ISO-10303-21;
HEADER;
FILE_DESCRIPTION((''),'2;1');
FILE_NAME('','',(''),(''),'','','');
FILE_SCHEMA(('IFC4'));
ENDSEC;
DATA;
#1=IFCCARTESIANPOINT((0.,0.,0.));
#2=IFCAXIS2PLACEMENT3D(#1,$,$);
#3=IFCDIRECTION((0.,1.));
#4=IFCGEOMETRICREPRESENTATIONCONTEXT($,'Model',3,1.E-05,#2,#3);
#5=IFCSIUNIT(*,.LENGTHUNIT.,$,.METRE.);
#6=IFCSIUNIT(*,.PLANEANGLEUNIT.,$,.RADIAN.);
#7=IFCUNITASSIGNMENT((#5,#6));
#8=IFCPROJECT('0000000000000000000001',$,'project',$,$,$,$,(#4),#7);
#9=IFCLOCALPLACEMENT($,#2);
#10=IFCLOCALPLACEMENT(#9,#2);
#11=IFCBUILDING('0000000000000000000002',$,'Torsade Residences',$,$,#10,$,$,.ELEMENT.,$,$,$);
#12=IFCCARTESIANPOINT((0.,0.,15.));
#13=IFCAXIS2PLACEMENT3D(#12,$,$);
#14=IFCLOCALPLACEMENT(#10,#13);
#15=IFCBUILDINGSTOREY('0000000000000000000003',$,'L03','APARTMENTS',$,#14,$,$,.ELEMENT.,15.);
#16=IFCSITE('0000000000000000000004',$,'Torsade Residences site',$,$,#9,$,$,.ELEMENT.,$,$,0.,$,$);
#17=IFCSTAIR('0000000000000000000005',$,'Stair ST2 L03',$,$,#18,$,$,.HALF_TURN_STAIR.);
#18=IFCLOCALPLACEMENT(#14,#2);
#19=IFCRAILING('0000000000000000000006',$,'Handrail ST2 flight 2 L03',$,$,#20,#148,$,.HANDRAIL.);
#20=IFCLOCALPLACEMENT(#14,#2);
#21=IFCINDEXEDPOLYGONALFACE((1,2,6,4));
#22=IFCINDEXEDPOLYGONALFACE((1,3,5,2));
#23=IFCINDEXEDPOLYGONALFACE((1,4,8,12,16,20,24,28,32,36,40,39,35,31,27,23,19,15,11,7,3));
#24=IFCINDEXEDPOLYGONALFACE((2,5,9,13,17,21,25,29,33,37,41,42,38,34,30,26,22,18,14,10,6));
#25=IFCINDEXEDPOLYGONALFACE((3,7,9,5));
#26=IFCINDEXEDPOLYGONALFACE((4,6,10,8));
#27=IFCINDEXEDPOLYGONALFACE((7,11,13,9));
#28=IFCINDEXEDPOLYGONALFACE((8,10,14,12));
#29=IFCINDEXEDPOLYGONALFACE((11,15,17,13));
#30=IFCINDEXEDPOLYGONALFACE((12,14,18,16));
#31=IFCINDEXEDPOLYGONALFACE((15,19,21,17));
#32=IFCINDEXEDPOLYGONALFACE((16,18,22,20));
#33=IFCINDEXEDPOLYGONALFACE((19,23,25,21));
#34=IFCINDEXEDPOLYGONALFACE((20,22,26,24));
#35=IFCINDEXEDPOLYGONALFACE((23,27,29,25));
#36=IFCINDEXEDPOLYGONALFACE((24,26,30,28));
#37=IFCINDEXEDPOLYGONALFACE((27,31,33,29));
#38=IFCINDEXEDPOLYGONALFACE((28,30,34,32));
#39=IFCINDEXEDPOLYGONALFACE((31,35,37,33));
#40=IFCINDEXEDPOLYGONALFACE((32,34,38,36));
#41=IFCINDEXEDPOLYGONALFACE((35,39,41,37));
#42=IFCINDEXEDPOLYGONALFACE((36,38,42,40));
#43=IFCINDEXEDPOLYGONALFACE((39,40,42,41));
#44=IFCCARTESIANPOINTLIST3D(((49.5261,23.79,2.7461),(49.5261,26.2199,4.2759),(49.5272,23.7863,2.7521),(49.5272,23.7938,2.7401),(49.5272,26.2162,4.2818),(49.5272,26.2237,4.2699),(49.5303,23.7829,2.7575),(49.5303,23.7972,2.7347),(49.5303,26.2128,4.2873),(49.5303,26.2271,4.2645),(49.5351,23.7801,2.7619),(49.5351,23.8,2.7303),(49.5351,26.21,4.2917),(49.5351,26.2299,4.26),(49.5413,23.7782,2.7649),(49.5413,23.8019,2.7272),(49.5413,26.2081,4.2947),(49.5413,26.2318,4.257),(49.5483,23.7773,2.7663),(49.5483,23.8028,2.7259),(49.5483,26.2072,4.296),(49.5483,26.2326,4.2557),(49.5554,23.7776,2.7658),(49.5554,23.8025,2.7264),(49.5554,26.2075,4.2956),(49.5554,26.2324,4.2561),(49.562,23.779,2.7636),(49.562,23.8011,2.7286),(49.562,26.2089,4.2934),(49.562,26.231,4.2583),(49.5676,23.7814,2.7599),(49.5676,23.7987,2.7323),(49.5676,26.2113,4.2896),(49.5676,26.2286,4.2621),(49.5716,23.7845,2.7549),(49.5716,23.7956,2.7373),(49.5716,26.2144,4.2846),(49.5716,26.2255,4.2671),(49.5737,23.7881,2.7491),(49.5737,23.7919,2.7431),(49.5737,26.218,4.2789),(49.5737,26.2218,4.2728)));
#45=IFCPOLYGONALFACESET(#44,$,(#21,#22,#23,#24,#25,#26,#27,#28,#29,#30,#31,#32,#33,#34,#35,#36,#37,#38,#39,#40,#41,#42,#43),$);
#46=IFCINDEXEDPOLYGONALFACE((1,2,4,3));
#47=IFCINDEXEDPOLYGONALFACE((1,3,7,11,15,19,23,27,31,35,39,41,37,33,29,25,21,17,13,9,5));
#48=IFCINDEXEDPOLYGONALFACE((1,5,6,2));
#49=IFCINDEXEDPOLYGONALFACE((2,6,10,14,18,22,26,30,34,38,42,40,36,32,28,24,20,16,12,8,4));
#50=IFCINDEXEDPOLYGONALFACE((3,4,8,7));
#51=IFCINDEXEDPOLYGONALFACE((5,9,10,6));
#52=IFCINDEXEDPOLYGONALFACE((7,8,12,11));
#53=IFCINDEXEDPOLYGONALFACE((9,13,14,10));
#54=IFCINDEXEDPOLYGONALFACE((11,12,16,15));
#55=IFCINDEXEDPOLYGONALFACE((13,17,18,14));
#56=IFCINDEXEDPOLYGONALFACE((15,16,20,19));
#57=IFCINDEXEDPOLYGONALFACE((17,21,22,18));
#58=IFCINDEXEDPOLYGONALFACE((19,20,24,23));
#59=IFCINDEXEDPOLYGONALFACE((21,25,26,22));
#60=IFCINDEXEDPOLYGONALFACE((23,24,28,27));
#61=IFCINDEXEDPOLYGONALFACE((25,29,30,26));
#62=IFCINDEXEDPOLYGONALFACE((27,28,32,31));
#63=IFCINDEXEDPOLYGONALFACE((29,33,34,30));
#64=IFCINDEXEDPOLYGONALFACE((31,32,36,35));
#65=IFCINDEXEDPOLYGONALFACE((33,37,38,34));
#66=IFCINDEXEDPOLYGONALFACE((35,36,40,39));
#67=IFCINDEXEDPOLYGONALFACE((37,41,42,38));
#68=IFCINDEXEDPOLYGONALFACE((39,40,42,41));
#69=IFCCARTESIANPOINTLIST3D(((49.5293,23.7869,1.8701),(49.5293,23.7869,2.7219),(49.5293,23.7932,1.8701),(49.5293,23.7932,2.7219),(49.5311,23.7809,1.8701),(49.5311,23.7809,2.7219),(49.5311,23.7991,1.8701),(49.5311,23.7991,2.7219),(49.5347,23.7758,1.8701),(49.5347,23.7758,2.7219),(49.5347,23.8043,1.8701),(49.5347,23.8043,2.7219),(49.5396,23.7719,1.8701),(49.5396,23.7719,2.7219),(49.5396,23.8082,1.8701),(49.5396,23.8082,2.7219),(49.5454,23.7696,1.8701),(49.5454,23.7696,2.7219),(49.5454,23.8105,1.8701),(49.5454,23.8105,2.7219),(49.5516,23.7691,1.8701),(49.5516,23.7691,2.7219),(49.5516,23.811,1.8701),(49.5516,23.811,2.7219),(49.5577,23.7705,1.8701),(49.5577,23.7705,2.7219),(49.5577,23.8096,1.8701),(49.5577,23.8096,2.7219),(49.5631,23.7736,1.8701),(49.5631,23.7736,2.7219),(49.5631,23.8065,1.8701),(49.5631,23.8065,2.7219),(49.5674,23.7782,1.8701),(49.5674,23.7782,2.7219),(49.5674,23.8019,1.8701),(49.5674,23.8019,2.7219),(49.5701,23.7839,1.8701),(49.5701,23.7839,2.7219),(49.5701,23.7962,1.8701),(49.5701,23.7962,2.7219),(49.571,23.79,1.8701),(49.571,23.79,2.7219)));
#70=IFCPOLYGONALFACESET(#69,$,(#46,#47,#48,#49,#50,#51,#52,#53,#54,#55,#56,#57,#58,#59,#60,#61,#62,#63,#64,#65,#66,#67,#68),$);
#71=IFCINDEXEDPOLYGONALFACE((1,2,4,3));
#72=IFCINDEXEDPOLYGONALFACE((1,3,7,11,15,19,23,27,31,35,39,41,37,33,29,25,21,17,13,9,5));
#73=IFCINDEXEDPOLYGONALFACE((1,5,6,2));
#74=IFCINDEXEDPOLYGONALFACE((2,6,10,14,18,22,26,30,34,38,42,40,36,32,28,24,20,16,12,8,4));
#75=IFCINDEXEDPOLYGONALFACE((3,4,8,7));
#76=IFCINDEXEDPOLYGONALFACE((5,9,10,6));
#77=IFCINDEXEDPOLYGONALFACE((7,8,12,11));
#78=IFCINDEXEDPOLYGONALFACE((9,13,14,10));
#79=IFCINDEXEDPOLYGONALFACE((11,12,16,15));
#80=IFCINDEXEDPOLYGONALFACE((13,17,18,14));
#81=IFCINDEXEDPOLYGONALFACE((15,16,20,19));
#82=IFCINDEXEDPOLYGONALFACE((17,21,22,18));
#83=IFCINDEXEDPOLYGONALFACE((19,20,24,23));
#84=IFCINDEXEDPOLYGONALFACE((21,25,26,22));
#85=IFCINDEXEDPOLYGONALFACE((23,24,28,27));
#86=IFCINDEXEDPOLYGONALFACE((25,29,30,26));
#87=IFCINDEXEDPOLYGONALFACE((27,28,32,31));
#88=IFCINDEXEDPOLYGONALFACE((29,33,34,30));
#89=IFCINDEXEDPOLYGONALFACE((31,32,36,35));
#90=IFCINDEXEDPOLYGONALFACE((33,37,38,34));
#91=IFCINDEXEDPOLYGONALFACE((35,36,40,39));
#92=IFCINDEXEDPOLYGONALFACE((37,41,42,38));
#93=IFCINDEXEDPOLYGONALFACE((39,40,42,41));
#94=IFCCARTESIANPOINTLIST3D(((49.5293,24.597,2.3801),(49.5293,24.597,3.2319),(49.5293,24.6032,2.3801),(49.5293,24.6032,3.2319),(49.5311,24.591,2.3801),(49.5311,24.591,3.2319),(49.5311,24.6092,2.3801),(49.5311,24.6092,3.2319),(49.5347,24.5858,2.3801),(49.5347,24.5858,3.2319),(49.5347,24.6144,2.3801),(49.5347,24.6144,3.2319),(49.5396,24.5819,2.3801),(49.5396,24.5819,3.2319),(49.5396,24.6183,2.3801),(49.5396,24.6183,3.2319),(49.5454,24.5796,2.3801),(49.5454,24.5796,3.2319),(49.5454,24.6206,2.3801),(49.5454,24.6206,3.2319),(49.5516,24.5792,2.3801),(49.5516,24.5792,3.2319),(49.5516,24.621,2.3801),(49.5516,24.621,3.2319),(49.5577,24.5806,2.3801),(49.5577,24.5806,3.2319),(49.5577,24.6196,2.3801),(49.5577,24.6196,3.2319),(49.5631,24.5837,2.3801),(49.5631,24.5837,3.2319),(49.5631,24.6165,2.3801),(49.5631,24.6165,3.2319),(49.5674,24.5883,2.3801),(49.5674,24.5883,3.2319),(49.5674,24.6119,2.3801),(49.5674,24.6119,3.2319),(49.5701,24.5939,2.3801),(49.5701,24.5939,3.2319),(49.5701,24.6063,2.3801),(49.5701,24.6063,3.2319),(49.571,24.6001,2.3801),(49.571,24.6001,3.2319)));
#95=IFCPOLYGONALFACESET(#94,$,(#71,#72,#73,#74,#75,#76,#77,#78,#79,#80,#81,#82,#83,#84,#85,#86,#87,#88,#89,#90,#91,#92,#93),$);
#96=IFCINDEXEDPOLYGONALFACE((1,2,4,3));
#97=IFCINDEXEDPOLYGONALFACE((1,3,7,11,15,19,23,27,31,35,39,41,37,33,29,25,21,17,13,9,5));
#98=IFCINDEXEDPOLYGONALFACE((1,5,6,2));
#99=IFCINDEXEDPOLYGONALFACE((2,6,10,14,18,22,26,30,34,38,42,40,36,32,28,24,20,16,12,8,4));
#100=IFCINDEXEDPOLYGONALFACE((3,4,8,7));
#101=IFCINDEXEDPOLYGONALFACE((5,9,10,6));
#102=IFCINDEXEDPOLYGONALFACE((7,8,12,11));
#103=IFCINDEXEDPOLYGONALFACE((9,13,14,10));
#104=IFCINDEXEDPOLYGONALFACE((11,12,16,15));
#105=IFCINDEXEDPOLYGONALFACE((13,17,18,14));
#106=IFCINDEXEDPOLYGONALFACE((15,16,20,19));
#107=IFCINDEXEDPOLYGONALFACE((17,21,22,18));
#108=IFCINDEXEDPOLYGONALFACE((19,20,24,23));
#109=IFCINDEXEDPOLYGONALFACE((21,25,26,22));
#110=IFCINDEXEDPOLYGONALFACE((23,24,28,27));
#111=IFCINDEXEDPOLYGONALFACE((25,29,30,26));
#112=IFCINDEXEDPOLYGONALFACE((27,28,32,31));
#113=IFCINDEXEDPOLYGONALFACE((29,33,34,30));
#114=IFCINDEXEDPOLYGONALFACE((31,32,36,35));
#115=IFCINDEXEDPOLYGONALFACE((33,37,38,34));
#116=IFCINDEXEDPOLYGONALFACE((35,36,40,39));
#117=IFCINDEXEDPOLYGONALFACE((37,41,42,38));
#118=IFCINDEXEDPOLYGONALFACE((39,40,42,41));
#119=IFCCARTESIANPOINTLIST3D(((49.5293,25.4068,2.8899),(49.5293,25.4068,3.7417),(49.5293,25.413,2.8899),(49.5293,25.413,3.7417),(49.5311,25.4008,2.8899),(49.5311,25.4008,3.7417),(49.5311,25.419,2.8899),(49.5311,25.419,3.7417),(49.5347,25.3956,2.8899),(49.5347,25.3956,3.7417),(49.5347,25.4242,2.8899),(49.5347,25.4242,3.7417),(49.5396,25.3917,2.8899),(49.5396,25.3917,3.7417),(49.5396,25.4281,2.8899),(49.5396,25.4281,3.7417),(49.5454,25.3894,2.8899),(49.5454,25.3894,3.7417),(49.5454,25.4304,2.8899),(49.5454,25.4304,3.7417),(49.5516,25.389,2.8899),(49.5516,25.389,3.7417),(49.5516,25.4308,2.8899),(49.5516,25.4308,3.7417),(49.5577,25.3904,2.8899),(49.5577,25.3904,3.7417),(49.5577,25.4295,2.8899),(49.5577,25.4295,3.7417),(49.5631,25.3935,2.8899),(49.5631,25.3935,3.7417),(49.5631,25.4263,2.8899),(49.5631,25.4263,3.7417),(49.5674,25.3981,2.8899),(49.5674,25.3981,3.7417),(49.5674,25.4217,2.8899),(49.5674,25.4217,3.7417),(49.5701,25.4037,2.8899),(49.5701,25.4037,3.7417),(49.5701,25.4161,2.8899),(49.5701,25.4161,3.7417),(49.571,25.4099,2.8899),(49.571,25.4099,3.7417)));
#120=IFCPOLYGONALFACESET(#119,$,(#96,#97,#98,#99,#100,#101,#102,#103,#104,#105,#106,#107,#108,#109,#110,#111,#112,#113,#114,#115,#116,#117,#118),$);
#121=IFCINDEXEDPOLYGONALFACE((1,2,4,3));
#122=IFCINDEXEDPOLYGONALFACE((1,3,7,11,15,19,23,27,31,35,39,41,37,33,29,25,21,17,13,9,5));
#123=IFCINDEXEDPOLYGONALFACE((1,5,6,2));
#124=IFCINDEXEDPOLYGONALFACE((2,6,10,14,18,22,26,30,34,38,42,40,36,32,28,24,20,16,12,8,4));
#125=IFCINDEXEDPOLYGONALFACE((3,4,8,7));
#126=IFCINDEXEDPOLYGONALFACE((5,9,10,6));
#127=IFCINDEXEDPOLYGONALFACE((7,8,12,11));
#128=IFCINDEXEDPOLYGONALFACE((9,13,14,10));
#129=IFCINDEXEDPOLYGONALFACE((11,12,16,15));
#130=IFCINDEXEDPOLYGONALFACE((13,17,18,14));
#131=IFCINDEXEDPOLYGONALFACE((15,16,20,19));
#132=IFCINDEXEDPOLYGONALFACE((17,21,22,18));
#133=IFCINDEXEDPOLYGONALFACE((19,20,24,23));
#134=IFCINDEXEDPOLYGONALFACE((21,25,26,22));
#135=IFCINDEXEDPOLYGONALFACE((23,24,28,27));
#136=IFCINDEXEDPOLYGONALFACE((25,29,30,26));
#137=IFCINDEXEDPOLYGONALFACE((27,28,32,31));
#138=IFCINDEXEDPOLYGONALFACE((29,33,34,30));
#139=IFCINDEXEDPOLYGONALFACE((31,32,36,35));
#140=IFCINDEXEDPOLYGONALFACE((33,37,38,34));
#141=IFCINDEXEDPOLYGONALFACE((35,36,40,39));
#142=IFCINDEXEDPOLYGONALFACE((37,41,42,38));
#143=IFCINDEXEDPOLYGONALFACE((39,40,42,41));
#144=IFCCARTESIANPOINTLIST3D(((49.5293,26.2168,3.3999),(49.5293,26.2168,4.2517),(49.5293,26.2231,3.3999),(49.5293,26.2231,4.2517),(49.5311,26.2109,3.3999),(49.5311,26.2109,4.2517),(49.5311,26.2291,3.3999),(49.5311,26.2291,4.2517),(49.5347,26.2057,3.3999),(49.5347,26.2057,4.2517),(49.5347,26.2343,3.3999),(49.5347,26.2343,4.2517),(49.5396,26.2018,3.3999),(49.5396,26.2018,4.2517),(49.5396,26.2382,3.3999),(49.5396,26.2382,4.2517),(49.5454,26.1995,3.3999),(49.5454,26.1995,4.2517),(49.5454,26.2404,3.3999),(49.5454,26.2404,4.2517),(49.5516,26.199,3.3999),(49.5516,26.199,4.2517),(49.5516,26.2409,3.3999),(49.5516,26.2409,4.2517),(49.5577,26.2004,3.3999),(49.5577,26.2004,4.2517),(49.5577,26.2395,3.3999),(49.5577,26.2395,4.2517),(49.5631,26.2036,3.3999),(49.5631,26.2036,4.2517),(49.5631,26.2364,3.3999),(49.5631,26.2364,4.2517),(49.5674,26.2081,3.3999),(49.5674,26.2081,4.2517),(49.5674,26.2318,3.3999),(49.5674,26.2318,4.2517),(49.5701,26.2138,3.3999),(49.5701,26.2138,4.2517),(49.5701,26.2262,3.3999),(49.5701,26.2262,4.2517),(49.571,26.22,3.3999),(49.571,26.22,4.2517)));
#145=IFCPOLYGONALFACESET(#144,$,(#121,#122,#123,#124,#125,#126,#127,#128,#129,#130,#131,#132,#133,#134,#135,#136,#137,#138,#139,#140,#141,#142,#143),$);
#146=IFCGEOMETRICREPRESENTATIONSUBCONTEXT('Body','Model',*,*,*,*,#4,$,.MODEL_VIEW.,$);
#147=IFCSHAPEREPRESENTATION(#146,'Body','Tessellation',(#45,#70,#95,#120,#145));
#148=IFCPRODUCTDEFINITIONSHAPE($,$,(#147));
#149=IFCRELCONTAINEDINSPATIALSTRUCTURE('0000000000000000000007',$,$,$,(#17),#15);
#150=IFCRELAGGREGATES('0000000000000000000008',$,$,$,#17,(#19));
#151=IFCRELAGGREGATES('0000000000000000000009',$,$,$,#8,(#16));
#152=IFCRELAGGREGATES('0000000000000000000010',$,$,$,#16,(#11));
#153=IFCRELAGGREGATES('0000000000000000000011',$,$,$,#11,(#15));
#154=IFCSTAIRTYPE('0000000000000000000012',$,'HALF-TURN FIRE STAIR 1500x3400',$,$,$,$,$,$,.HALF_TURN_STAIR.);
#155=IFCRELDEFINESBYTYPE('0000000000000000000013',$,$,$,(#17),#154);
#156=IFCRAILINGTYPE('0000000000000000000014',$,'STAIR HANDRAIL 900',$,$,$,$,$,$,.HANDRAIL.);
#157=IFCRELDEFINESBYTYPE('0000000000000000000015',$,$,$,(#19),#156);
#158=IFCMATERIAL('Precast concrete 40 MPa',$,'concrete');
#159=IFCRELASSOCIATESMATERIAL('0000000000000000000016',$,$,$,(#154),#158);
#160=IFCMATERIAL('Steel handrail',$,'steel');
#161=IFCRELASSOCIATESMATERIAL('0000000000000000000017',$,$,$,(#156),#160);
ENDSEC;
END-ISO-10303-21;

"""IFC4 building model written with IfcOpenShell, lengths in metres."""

from ifc_helpers import new_model, si_unit, direction, frame, origin, origin_2d, place, context, subcontext, project, spatial, circle, extrude, material, type_object, element, aggregate, save


model = new_model("IFC4")

# Units and contexts
model_context = context("Model", 3, precision=1e-05, world=origin(), true_north=direction((0.0, 1.0)))
body_context = subcontext(model_context, "Body", "Model", "MODEL_VIEW")
ifc_project = project(units=[si_unit("LENGTHUNIT", "METRE"), si_unit("PLANEANGLEUNIT", "RADIAN")], contexts=[model_context])

# Site, building, storey
site_placement = place(None, origin())
site = spatial("IfcSite", under=ifc_project, at=site_placement, Name="Torsade Residences site", CompositionType="ELEMENT", RefElevation=0.0)
building_placement = place(site_placement, origin())
building = spatial("IfcBuilding", under=site, at=building_placement, Name="Torsade Residences", CompositionType="ELEMENT")
storey_placement = place(building_placement, frame((0.0, 0.0, 15.0)))
storey = spatial("IfcBuildingStorey", under=building, at=storey_placement, Name="L03", Description="APARTMENTS", CompositionType="ELEMENT", Elevation=15.0)

# Stair, railing
ifc_material_1 = material(Name="Precast concrete 40 MPa", Category="concrete")
stair_type = type_object("IfcStairType", Name="HALF-TURN FIRE STAIR 1500x3400", PredefinedType="HALF_TURN_STAIR", material=ifc_material_1)
stair_placement = place(storey_placement, origin())
stair = element("IfcStair", 1, at=stair_placement, inside=storey, type_object=stair_type, Name="Stair ST2 L03", PredefinedType="HALF_TURN_STAIR")
ifc_material_2 = material(Name="Steel handrail", Category="steel")
railing_type = type_object("IfcRailingType", Name="STAIR HANDRAIL 900", PredefinedType="HANDRAIL", material=ifc_material_2)
railing_1_placement = place(storey_placement, frame((49.55, 23.79, 1.8701)))
railing_1 = element("IfcRailing", 2, at=railing_1_placement, type_object=railing_type, Name="Handrail ST2 flight 2 L03", PredefinedType="HANDRAIL", context=body_context, shape_type="SweptSolid", body=[
    extrude(circle(Radius=0.0239, at=origin_2d()), frame((0.0, 0.0, 0.876), z_axis=(0.0, 0.84626, 0.53277), x_axis=(-1.0, 0.0, 0.0)), (0.0, 0.0, 1.0), 2.8713),
    extrude(circle(Radius=0.021, at=origin_2d()), origin(), (0.0, 0.0, 1.0), 0.8518),
    extrude(circle(Radius=0.021, at=origin_2d()), frame((0.0, 0.8101, 0.51)), (0.0, 0.0, 1.0), 0.8518),
    extrude(circle(Radius=0.021, at=origin_2d()), frame((0.0, 1.6199, 1.0198)), (0.0, 0.0, 1.0), 0.8518),
    extrude(circle(Radius=0.021, at=origin_2d()), frame((0.0, 2.4299, 1.5298)), (0.0, 0.0, 1.0), 0.8518),
])
aggregate(stair, [railing_1])

save(model, "model.ifc")
